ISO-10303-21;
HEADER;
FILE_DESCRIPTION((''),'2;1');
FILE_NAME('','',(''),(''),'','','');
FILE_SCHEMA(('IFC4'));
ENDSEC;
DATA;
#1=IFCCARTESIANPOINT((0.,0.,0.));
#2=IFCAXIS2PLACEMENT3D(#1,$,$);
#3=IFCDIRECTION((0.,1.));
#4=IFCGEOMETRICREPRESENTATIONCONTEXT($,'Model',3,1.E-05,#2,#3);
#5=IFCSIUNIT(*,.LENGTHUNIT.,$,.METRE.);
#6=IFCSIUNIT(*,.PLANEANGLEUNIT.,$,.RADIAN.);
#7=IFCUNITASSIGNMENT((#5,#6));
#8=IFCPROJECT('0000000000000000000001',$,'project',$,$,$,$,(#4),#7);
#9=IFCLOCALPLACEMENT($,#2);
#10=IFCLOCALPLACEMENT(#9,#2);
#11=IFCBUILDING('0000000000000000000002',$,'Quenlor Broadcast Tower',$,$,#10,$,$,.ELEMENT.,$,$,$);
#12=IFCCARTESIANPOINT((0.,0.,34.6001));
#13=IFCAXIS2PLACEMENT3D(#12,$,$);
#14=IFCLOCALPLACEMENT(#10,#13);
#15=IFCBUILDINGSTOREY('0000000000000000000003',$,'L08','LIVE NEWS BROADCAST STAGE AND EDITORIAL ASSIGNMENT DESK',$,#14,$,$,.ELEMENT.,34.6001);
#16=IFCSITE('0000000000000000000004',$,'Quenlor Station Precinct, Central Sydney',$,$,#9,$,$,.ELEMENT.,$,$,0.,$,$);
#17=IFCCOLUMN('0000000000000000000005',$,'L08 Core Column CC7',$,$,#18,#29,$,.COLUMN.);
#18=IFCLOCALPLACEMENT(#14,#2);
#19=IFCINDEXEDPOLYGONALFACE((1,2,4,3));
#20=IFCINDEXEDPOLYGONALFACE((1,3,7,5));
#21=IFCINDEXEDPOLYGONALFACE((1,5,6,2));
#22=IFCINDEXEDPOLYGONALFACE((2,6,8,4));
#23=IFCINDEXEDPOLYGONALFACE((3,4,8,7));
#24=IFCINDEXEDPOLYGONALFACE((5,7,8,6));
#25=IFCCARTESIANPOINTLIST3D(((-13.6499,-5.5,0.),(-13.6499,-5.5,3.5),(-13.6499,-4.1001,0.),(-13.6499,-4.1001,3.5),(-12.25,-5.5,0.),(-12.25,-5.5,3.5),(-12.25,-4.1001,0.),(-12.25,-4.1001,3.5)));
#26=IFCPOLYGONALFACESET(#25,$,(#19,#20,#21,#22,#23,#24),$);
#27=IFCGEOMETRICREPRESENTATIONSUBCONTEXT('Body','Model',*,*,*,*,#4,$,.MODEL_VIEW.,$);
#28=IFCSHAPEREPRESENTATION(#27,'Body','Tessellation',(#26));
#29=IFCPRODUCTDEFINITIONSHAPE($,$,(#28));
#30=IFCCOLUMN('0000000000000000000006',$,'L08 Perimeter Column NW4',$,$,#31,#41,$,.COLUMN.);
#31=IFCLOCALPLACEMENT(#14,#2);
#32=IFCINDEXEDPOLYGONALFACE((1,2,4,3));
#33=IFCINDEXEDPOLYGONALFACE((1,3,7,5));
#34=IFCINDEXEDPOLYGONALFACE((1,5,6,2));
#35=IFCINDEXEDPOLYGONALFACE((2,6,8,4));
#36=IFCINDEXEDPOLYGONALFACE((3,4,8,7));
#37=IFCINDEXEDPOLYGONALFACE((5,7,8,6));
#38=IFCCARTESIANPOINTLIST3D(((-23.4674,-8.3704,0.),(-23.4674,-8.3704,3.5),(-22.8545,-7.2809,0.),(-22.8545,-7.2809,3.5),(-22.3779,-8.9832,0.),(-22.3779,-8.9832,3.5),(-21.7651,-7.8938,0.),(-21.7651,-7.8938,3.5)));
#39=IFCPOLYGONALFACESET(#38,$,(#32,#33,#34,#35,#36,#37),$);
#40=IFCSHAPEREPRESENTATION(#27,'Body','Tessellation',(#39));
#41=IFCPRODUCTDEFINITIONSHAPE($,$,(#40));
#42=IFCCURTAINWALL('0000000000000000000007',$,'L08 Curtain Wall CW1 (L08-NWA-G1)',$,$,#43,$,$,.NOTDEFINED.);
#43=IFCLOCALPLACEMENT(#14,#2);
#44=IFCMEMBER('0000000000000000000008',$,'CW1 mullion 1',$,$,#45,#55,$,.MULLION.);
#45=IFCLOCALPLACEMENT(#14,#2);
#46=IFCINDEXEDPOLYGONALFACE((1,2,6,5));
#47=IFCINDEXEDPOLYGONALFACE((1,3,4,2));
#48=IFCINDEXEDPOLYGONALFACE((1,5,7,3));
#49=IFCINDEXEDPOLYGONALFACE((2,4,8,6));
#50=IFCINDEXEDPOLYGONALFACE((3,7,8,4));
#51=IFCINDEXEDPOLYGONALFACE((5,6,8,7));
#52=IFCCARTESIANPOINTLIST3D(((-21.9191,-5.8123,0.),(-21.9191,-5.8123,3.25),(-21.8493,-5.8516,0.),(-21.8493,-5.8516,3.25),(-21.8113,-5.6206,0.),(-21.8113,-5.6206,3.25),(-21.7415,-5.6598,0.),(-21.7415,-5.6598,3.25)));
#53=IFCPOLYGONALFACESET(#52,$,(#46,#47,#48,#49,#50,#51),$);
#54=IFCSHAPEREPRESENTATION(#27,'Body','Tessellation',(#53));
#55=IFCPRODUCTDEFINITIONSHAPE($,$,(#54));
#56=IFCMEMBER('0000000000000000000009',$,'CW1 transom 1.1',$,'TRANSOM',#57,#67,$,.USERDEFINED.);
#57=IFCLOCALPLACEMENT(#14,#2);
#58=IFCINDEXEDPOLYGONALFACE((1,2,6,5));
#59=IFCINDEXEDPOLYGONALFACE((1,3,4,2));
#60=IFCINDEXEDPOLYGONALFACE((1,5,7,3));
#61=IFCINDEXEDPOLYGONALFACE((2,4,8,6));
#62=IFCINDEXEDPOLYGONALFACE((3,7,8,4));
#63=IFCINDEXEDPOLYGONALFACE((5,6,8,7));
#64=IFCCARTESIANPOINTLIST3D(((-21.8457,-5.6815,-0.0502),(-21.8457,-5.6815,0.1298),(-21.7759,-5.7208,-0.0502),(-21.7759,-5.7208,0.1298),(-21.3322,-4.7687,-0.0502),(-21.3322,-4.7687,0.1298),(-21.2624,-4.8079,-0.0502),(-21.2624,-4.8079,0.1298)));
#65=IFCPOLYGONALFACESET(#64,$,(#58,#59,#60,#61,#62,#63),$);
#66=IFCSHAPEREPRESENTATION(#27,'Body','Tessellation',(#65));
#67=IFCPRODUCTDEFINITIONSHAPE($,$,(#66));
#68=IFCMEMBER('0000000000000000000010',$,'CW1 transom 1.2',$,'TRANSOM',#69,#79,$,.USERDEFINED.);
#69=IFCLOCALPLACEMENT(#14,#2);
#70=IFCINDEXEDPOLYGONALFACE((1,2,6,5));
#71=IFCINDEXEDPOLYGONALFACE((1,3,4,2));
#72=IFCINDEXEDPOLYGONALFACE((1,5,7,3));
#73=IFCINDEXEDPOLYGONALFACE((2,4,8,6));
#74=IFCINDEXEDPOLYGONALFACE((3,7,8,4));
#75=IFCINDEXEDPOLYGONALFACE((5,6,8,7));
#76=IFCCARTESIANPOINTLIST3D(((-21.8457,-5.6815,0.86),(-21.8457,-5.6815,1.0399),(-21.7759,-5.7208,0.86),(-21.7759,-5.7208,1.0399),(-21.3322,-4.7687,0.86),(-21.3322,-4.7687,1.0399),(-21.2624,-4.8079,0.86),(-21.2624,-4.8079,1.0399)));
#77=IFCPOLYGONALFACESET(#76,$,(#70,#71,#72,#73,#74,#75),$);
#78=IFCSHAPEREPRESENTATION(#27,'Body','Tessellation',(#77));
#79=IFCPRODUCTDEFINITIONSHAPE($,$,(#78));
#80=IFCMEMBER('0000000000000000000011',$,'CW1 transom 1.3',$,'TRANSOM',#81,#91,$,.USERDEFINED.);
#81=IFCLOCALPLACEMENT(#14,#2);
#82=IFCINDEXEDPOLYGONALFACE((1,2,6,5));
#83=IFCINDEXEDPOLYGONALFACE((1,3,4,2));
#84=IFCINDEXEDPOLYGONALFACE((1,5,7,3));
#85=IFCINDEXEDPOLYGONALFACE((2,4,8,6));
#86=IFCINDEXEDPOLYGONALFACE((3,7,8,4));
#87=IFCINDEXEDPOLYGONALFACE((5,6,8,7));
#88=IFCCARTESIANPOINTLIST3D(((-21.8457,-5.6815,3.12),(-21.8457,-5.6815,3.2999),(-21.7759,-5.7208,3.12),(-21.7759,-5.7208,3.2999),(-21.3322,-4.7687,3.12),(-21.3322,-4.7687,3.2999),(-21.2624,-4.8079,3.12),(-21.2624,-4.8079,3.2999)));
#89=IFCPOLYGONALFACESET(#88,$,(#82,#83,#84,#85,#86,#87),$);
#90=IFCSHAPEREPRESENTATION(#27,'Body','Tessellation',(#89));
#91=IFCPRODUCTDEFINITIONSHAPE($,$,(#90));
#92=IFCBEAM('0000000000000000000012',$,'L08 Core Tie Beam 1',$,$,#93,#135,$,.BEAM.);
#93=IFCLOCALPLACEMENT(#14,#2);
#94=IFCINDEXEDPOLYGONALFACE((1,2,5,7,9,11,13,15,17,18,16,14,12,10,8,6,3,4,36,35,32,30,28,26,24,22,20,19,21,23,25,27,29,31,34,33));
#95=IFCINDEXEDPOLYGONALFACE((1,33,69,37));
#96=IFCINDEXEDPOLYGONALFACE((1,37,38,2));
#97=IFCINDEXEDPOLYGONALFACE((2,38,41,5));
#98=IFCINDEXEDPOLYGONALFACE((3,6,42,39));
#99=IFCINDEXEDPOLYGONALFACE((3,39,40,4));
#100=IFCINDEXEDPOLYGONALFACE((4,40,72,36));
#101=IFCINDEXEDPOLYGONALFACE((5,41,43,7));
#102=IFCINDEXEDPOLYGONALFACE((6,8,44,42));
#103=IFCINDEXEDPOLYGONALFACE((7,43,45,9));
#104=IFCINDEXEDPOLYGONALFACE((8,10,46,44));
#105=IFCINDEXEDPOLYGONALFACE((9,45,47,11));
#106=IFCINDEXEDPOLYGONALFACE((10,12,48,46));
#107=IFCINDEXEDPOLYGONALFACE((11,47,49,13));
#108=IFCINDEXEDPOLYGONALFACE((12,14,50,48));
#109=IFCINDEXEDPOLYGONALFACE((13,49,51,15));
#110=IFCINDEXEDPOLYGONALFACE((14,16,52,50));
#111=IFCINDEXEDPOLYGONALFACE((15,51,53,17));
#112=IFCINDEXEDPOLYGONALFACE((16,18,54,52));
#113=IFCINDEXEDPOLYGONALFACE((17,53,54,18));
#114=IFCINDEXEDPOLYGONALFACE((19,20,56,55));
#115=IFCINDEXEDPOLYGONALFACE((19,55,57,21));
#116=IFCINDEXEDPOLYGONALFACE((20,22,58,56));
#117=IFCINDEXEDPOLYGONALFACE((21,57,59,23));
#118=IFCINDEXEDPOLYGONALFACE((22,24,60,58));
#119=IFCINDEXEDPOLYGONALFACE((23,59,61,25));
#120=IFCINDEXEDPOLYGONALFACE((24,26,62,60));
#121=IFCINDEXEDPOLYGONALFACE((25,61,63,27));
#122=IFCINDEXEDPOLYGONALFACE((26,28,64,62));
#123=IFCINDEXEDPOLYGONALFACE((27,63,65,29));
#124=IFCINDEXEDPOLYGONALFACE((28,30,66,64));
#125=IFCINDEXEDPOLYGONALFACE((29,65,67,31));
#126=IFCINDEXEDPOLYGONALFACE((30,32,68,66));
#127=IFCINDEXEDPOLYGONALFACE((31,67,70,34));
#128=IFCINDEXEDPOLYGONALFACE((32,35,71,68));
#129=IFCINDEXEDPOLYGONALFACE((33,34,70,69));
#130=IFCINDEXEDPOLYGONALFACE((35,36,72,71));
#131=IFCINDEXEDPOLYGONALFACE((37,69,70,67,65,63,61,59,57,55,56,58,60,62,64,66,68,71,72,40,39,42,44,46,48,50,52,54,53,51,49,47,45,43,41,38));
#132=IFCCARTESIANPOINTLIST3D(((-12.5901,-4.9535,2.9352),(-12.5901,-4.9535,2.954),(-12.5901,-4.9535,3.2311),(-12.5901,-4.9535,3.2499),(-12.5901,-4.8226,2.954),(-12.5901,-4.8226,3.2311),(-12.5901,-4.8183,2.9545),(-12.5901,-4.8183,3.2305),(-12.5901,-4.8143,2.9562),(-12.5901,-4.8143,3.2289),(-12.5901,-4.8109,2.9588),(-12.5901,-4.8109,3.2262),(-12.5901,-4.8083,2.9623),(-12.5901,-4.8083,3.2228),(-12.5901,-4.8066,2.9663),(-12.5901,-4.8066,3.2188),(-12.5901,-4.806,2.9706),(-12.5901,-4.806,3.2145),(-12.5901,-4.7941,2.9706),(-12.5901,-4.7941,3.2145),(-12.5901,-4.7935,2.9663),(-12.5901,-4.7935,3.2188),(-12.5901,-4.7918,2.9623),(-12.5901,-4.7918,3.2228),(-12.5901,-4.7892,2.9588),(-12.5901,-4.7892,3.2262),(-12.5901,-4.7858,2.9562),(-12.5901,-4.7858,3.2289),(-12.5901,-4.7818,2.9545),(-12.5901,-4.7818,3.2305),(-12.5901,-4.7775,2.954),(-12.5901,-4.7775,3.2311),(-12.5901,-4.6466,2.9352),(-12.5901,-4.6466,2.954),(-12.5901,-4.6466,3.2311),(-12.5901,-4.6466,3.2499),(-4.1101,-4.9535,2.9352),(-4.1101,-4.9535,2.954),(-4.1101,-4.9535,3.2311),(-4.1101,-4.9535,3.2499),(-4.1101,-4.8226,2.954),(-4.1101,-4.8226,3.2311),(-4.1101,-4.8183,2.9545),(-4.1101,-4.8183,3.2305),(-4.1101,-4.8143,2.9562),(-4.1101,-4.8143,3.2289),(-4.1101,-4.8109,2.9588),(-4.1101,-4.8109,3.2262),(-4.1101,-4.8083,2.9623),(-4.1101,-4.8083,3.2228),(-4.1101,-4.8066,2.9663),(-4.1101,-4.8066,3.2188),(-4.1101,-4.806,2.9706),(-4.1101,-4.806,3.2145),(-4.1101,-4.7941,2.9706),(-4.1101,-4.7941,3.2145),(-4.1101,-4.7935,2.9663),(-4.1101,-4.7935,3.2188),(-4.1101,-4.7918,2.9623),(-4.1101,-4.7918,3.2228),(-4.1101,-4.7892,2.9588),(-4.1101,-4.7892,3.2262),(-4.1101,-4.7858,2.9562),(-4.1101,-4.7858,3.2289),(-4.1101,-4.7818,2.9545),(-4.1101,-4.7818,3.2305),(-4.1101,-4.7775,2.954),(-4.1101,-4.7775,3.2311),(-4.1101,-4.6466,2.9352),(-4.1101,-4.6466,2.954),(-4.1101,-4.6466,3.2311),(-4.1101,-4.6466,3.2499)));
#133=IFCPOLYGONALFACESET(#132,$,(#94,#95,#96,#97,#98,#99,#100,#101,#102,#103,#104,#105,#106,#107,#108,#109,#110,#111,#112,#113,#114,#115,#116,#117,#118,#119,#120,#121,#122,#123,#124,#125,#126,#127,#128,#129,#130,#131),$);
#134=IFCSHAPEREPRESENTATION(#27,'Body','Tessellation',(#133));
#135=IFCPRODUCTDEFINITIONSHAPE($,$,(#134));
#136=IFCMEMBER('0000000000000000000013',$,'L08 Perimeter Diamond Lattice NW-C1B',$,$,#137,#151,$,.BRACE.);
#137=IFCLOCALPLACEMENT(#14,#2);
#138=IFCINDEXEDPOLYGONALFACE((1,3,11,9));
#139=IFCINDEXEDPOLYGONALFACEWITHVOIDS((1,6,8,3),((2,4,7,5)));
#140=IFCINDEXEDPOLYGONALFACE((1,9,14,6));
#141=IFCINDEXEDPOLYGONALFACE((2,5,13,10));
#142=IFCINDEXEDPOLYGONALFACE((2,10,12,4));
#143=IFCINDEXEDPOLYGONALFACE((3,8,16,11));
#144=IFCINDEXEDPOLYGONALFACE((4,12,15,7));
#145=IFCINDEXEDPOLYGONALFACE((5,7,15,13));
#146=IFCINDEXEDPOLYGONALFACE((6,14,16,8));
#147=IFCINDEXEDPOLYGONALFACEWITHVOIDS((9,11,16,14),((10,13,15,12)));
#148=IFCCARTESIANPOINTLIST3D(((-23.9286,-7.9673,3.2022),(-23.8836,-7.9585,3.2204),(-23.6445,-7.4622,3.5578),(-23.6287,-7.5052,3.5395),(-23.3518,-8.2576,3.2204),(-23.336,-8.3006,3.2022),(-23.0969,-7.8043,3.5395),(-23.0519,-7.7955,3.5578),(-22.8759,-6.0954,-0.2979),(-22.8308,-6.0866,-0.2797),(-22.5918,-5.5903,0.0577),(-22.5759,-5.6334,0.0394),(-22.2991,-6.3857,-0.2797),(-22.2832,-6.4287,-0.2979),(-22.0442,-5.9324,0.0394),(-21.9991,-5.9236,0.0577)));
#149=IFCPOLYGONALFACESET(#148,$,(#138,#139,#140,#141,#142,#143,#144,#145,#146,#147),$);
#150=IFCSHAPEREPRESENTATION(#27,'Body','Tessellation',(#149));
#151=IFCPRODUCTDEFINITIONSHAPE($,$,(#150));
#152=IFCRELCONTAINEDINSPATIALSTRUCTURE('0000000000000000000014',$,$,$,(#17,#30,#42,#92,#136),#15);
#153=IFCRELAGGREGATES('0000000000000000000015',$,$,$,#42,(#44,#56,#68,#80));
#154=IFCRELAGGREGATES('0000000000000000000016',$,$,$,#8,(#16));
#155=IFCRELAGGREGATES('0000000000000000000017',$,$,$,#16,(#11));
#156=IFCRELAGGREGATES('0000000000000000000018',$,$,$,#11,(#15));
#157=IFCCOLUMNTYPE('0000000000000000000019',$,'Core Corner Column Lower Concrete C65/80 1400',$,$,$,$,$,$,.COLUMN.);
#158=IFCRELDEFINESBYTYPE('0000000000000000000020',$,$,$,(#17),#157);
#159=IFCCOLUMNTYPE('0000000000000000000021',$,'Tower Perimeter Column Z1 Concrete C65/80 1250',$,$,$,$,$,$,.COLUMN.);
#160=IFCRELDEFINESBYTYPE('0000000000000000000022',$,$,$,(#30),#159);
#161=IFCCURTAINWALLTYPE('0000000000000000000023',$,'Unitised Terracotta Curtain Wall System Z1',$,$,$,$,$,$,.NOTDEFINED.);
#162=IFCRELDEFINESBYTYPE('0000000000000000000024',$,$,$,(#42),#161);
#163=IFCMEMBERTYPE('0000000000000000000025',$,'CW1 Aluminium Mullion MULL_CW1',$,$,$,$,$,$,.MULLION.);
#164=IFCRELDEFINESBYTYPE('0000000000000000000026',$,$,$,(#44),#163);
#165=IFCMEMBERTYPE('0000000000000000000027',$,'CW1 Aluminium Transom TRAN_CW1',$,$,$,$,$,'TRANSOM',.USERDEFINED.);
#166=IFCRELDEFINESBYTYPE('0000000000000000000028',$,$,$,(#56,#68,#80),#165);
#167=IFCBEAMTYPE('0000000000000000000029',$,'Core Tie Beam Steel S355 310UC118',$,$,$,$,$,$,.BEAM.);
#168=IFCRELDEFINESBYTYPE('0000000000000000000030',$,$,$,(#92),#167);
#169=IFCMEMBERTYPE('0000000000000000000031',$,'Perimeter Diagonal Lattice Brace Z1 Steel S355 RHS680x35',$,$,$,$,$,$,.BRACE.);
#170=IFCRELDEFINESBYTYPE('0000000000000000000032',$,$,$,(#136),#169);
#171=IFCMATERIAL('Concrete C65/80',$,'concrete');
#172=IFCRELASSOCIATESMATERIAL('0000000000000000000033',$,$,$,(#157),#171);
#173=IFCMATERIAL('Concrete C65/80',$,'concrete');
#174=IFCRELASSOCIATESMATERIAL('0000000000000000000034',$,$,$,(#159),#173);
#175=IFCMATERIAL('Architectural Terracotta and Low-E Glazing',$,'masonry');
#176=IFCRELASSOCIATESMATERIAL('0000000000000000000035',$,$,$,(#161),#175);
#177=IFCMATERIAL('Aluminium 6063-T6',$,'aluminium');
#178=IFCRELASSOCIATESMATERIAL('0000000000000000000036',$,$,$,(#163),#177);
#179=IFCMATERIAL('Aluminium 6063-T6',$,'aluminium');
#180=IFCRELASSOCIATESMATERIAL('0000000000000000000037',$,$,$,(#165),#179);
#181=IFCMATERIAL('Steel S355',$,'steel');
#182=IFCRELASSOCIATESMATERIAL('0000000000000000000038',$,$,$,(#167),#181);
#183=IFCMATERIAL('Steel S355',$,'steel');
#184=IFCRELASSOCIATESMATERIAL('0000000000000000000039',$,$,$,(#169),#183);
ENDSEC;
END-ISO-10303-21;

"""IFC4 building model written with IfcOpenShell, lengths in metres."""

from ifc_helpers import new_model, si_unit, direction, frame, origin, origin_2d, place, context, subcontext, project, spatial, rectangle, hollow_rectangle, i_section, extrude, material, material_profile, profile_set, type_object, element, aggregate, save


model = new_model("IFC4")

# Units and contexts
model_context = context("Model", 3, precision=1e-05, world=origin(), true_north=direction((0.0, 1.0)))
body_context = subcontext(model_context, "Body", "Model", "MODEL_VIEW")
ifc_project = project(units=[si_unit("LENGTHUNIT", "METRE"), si_unit("PLANEANGLEUNIT", "RADIAN")], contexts=[model_context])

# Site, building, storey
site_placement = place(None, origin())
site = spatial("IfcSite", under=ifc_project, at=site_placement, Name="Quenlor Station Precinct, Central Sydney", CompositionType="ELEMENT", RefElevation=0.0)
building_placement = place(site_placement, origin())
building = spatial("IfcBuilding", under=site, at=building_placement, Name="Quenlor Broadcast Tower", CompositionType="ELEMENT")
storey_placement = place(building_placement, frame((0.0, 0.0, 34.6001)))
storey = spatial("IfcBuildingStorey", under=building, at=storey_placement, Name="L08", Description="LIVE NEWS BROADCAST STAGE AND EDITORIAL ASSIGNMENT DESK", CompositionType="ELEMENT", Elevation=34.6001)

# Columns
ifc_material_1 = material(Name="Concrete C65/80", Category="concrete")
ifc_material_profile_1 = material_profile(ifc_material_1, rectangle(XDim=1.3999, YDim=1.3999, at=origin_2d()))
ifc_profile_set_1 = profile_set([ifc_material_profile_1], Name="Concrete C65/80 RC1400x1400")
column_type_1 = type_object("IfcColumnType", Name="Core Corner Column Lower Concrete C65/80 1400", PredefinedType="COLUMN", material=ifc_profile_set_1)
column_1_placement = place(storey_placement, frame((-12.95, -4.8, 0.0), z_axis=(0.0, 0.0, 1.0), x_axis=(1.0, 0.0, 0.0)))
element("IfcColumn", 1, at=column_1_placement, inside=storey, type_object=column_type_1, Name="L08 Core Column CC7", PredefinedType="COLUMN", context=body_context, shape_type="SweptSolid", body=[
    extrude(rectangle(XDim=1.3999, YDim=1.3999, at=origin_2d()), origin(), (0.0, 0.0, 1.0), 3.5),
])
ifc_material_2 = material(Name="Concrete C65/80", Category="concrete")
ifc_material_profile_2 = material_profile(ifc_material_2, rectangle(XDim=1.25, YDim=1.25, at=origin_2d()))
ifc_profile_set_2 = profile_set([ifc_material_profile_2], Name="Concrete C65/80 RC1250x1250")
column_type_2 = type_object("IfcColumnType", Name="Tower Perimeter Column Z1 Concrete C65/80 1250", PredefinedType="COLUMN", material=ifc_profile_set_2)
column_2_placement = place(storey_placement, frame((-22.6162, -8.1321, 0.0), z_axis=(0.0, 0.0, 1.0), x_axis=(-0.871575, 0.490262, 0.0)))
element("IfcColumn", 2, at=column_2_placement, inside=storey, type_object=column_type_2, Name="L08 Perimeter Column NW4", PredefinedType="COLUMN", context=body_context, shape_type="SweptSolid", body=[
    extrude(rectangle(XDim=1.25, YDim=1.25, at=origin_2d()), origin(), (0.0, 0.0, 1.0), 3.5),
])

# Curtain wall, members
ifc_material_3 = material(Name="Architectural Terracotta and Low-E Glazing", Category="masonry")
curtain_wall_type = type_object("IfcCurtainWallType", Name="Unitised Terracotta Curtain Wall System Z1", PredefinedType="NOTDEFINED", material=ifc_material_3)
curtain_wall_placement = place(storey_placement, origin())
curtain_wall = element("IfcCurtainWall", 3, at=curtain_wall_placement, inside=storey, type_object=curtain_wall_type, Name="L08 Curtain Wall CW1 (L08-NWA-G1)", PredefinedType="NOTDEFINED")
ifc_material_4 = material(Name="Aluminium 6063-T6", Category="aluminium")
ifc_material_profile_3 = material_profile(ifc_material_4, rectangle(XDim=0.0801, YDim=0.22, at=origin_2d()))
ifc_profile_set_3 = profile_set([ifc_material_profile_3], Name="Aluminium 6063-T6 MULL80x220")
member_type_1 = type_object("IfcMemberType", Name="CW1 Aluminium Mullion MULL_CW1", PredefinedType="MULLION", material=ifc_profile_set_3)
member_1_placement = place(storey_placement, frame((-21.8303, -5.7361, 0.0), z_axis=(0.0, 0.0, 1.0), x_axis=(-0.871602, 0.490214, 0.0)))
member_1 = element("IfcMember", 4, at=member_1_placement, type_object=member_type_1, Name="CW1 mullion 1", PredefinedType="MULLION", context=body_context, shape_type="SweptSolid", body=[
    extrude(rectangle(XDim=0.0801, YDim=0.22, at=origin_2d()), origin(), (0.0, 0.0, 1.0), 3.25),
])
ifc_material_5 = material(Name="Aluminium 6063-T6", Category="aluminium")
ifc_material_profile_4 = material_profile(ifc_material_5, rectangle(XDim=0.0801, YDim=0.1799, at=origin_2d()))
ifc_profile_set_4 = profile_set([ifc_material_profile_4], Name="Aluminium 6063-T6 TRAN80x180")
member_type_2 = type_object("IfcMemberType", Name="CW1 Aluminium Transom TRAN_CW1", ElementType="TRANSOM", PredefinedType="USERDEFINED", material=ifc_profile_set_4)
member_2_placement = place(storey_placement, frame((-21.8108, -5.7012, 0.0398), z_axis=(0.490228, 0.871594, 0.0), x_axis=(-0.871594, 0.490228, 0.0)))
member_2 = element("IfcMember", 5, at=member_2_placement, type_object=member_type_2, Name="CW1 transom 1.1", ObjectType="TRANSOM", PredefinedType="USERDEFINED", context=body_context, shape_type="SweptSolid", body=[
    extrude(rectangle(XDim=0.0801, YDim=0.1799, at=origin_2d()), origin(), (0.0, 0.0, 1.0), 1.0474),
])
member_3_placement = place(storey_placement, frame((-21.8108, -5.7012, 0.95), z_axis=(0.490228, 0.871594, 0.0), x_axis=(-0.871594, 0.490228, 0.0)))
member_3 = element("IfcMember", 6, at=member_3_placement, type_object=member_type_2, Name="CW1 transom 1.2", ObjectType="TRANSOM", PredefinedType="USERDEFINED", context=body_context, shape_type="SweptSolid", body=[
    extrude(rectangle(XDim=0.0801, YDim=0.1799, at=origin_2d()), origin(), (0.0, 0.0, 1.0), 1.0474),
])
member_4_placement = place(storey_placement, frame((-21.8108, -5.7012, 3.21), z_axis=(0.490228, 0.871594, 0.0), x_axis=(-0.871594, 0.490228, 0.0)))
member_4 = element("IfcMember", 7, at=member_4_placement, type_object=member_type_2, Name="CW1 transom 1.3", ObjectType="TRANSOM", PredefinedType="USERDEFINED", context=body_context, shape_type="SweptSolid", body=[
    extrude(rectangle(XDim=0.0801, YDim=0.1799, at=origin_2d()), origin(), (0.0, 0.0, 1.0), 1.0474),
])

# Beam
ifc_material_6 = material(Name="Steel S355", Category="steel")
ifc_material_profile_5 = material_profile(ifc_material_6, i_section(OverallWidth=0.3069, OverallDepth=0.3147, WebThickness=0.012, FlangeThickness=0.0188, FilletRadius=0.0166, at=origin_2d()))
ifc_profile_set_5 = profile_set([ifc_material_profile_5], Name="Steel S355 310UC118")
beam_type_1 = type_object("IfcBeamType", Name="Core Tie Beam Steel S355 310UC118", PredefinedType="BEAM", material=ifc_profile_set_5)
beam_1_placement = place(storey_placement, frame((-12.5901, -4.8, 3.0925), z_axis=(1.0, 0.0, 0.0), x_axis=(0.0, 1.0, 0.0)))
element("IfcBeam", 8, at=beam_1_placement, inside=storey, type_object=beam_type_1, Name="L08 Core Tie Beam 1", PredefinedType="BEAM", context=body_context, shape_type="SweptSolid", body=[
    extrude(i_section(OverallWidth=0.3069, OverallDepth=0.3147, WebThickness=0.012, FlangeThickness=0.0188, FilletRadius=0.0166, at=origin_2d()), origin(), (0.0, 0.0, 1.0), 8.48),
])

# Member
ifc_material_7 = material(Name="Steel S355", Category="steel")
ifc_material_profile_6 = material_profile(ifc_material_7, hollow_rectangle(XDim=0.6799, YDim=0.6799, WallThickness=0.0349, at=origin_2d()))
ifc_profile_set_6 = profile_set([ifc_material_profile_6], Name="Steel S355 RHS680x680x35")
member_type_3 = type_object("IfcMemberType", Name="Perimeter Diagonal Lattice Brace Z1 Steel S355 RHS680x35", PredefinedType="BRACE", material=ifc_profile_set_6)
member_5_placement = place(storey_placement, frame((-22.4375, -6.0095, -0.1201), z_axis=(-0.256368, -0.455839, 0.852342), x_axis=(0.871609, -0.490202, 0.0)))
element("IfcMember", 9, at=member_5_placement, inside=storey, type_object=member_type_3, Name="L08 Perimeter Diamond Lattice NW-C1B", PredefinedType="BRACE", context=body_context, shape_type="SweptSolid", body=[
    extrude(hollow_rectangle(XDim=0.6799, YDim=0.6799, WallThickness=0.0349, at=origin_2d()), origin(), (0.0, 0.0, 1.0), 4.1064),
])

aggregate(curtain_wall, [member_1, member_2, member_3, member_4])

save(model, "model.ifc")
